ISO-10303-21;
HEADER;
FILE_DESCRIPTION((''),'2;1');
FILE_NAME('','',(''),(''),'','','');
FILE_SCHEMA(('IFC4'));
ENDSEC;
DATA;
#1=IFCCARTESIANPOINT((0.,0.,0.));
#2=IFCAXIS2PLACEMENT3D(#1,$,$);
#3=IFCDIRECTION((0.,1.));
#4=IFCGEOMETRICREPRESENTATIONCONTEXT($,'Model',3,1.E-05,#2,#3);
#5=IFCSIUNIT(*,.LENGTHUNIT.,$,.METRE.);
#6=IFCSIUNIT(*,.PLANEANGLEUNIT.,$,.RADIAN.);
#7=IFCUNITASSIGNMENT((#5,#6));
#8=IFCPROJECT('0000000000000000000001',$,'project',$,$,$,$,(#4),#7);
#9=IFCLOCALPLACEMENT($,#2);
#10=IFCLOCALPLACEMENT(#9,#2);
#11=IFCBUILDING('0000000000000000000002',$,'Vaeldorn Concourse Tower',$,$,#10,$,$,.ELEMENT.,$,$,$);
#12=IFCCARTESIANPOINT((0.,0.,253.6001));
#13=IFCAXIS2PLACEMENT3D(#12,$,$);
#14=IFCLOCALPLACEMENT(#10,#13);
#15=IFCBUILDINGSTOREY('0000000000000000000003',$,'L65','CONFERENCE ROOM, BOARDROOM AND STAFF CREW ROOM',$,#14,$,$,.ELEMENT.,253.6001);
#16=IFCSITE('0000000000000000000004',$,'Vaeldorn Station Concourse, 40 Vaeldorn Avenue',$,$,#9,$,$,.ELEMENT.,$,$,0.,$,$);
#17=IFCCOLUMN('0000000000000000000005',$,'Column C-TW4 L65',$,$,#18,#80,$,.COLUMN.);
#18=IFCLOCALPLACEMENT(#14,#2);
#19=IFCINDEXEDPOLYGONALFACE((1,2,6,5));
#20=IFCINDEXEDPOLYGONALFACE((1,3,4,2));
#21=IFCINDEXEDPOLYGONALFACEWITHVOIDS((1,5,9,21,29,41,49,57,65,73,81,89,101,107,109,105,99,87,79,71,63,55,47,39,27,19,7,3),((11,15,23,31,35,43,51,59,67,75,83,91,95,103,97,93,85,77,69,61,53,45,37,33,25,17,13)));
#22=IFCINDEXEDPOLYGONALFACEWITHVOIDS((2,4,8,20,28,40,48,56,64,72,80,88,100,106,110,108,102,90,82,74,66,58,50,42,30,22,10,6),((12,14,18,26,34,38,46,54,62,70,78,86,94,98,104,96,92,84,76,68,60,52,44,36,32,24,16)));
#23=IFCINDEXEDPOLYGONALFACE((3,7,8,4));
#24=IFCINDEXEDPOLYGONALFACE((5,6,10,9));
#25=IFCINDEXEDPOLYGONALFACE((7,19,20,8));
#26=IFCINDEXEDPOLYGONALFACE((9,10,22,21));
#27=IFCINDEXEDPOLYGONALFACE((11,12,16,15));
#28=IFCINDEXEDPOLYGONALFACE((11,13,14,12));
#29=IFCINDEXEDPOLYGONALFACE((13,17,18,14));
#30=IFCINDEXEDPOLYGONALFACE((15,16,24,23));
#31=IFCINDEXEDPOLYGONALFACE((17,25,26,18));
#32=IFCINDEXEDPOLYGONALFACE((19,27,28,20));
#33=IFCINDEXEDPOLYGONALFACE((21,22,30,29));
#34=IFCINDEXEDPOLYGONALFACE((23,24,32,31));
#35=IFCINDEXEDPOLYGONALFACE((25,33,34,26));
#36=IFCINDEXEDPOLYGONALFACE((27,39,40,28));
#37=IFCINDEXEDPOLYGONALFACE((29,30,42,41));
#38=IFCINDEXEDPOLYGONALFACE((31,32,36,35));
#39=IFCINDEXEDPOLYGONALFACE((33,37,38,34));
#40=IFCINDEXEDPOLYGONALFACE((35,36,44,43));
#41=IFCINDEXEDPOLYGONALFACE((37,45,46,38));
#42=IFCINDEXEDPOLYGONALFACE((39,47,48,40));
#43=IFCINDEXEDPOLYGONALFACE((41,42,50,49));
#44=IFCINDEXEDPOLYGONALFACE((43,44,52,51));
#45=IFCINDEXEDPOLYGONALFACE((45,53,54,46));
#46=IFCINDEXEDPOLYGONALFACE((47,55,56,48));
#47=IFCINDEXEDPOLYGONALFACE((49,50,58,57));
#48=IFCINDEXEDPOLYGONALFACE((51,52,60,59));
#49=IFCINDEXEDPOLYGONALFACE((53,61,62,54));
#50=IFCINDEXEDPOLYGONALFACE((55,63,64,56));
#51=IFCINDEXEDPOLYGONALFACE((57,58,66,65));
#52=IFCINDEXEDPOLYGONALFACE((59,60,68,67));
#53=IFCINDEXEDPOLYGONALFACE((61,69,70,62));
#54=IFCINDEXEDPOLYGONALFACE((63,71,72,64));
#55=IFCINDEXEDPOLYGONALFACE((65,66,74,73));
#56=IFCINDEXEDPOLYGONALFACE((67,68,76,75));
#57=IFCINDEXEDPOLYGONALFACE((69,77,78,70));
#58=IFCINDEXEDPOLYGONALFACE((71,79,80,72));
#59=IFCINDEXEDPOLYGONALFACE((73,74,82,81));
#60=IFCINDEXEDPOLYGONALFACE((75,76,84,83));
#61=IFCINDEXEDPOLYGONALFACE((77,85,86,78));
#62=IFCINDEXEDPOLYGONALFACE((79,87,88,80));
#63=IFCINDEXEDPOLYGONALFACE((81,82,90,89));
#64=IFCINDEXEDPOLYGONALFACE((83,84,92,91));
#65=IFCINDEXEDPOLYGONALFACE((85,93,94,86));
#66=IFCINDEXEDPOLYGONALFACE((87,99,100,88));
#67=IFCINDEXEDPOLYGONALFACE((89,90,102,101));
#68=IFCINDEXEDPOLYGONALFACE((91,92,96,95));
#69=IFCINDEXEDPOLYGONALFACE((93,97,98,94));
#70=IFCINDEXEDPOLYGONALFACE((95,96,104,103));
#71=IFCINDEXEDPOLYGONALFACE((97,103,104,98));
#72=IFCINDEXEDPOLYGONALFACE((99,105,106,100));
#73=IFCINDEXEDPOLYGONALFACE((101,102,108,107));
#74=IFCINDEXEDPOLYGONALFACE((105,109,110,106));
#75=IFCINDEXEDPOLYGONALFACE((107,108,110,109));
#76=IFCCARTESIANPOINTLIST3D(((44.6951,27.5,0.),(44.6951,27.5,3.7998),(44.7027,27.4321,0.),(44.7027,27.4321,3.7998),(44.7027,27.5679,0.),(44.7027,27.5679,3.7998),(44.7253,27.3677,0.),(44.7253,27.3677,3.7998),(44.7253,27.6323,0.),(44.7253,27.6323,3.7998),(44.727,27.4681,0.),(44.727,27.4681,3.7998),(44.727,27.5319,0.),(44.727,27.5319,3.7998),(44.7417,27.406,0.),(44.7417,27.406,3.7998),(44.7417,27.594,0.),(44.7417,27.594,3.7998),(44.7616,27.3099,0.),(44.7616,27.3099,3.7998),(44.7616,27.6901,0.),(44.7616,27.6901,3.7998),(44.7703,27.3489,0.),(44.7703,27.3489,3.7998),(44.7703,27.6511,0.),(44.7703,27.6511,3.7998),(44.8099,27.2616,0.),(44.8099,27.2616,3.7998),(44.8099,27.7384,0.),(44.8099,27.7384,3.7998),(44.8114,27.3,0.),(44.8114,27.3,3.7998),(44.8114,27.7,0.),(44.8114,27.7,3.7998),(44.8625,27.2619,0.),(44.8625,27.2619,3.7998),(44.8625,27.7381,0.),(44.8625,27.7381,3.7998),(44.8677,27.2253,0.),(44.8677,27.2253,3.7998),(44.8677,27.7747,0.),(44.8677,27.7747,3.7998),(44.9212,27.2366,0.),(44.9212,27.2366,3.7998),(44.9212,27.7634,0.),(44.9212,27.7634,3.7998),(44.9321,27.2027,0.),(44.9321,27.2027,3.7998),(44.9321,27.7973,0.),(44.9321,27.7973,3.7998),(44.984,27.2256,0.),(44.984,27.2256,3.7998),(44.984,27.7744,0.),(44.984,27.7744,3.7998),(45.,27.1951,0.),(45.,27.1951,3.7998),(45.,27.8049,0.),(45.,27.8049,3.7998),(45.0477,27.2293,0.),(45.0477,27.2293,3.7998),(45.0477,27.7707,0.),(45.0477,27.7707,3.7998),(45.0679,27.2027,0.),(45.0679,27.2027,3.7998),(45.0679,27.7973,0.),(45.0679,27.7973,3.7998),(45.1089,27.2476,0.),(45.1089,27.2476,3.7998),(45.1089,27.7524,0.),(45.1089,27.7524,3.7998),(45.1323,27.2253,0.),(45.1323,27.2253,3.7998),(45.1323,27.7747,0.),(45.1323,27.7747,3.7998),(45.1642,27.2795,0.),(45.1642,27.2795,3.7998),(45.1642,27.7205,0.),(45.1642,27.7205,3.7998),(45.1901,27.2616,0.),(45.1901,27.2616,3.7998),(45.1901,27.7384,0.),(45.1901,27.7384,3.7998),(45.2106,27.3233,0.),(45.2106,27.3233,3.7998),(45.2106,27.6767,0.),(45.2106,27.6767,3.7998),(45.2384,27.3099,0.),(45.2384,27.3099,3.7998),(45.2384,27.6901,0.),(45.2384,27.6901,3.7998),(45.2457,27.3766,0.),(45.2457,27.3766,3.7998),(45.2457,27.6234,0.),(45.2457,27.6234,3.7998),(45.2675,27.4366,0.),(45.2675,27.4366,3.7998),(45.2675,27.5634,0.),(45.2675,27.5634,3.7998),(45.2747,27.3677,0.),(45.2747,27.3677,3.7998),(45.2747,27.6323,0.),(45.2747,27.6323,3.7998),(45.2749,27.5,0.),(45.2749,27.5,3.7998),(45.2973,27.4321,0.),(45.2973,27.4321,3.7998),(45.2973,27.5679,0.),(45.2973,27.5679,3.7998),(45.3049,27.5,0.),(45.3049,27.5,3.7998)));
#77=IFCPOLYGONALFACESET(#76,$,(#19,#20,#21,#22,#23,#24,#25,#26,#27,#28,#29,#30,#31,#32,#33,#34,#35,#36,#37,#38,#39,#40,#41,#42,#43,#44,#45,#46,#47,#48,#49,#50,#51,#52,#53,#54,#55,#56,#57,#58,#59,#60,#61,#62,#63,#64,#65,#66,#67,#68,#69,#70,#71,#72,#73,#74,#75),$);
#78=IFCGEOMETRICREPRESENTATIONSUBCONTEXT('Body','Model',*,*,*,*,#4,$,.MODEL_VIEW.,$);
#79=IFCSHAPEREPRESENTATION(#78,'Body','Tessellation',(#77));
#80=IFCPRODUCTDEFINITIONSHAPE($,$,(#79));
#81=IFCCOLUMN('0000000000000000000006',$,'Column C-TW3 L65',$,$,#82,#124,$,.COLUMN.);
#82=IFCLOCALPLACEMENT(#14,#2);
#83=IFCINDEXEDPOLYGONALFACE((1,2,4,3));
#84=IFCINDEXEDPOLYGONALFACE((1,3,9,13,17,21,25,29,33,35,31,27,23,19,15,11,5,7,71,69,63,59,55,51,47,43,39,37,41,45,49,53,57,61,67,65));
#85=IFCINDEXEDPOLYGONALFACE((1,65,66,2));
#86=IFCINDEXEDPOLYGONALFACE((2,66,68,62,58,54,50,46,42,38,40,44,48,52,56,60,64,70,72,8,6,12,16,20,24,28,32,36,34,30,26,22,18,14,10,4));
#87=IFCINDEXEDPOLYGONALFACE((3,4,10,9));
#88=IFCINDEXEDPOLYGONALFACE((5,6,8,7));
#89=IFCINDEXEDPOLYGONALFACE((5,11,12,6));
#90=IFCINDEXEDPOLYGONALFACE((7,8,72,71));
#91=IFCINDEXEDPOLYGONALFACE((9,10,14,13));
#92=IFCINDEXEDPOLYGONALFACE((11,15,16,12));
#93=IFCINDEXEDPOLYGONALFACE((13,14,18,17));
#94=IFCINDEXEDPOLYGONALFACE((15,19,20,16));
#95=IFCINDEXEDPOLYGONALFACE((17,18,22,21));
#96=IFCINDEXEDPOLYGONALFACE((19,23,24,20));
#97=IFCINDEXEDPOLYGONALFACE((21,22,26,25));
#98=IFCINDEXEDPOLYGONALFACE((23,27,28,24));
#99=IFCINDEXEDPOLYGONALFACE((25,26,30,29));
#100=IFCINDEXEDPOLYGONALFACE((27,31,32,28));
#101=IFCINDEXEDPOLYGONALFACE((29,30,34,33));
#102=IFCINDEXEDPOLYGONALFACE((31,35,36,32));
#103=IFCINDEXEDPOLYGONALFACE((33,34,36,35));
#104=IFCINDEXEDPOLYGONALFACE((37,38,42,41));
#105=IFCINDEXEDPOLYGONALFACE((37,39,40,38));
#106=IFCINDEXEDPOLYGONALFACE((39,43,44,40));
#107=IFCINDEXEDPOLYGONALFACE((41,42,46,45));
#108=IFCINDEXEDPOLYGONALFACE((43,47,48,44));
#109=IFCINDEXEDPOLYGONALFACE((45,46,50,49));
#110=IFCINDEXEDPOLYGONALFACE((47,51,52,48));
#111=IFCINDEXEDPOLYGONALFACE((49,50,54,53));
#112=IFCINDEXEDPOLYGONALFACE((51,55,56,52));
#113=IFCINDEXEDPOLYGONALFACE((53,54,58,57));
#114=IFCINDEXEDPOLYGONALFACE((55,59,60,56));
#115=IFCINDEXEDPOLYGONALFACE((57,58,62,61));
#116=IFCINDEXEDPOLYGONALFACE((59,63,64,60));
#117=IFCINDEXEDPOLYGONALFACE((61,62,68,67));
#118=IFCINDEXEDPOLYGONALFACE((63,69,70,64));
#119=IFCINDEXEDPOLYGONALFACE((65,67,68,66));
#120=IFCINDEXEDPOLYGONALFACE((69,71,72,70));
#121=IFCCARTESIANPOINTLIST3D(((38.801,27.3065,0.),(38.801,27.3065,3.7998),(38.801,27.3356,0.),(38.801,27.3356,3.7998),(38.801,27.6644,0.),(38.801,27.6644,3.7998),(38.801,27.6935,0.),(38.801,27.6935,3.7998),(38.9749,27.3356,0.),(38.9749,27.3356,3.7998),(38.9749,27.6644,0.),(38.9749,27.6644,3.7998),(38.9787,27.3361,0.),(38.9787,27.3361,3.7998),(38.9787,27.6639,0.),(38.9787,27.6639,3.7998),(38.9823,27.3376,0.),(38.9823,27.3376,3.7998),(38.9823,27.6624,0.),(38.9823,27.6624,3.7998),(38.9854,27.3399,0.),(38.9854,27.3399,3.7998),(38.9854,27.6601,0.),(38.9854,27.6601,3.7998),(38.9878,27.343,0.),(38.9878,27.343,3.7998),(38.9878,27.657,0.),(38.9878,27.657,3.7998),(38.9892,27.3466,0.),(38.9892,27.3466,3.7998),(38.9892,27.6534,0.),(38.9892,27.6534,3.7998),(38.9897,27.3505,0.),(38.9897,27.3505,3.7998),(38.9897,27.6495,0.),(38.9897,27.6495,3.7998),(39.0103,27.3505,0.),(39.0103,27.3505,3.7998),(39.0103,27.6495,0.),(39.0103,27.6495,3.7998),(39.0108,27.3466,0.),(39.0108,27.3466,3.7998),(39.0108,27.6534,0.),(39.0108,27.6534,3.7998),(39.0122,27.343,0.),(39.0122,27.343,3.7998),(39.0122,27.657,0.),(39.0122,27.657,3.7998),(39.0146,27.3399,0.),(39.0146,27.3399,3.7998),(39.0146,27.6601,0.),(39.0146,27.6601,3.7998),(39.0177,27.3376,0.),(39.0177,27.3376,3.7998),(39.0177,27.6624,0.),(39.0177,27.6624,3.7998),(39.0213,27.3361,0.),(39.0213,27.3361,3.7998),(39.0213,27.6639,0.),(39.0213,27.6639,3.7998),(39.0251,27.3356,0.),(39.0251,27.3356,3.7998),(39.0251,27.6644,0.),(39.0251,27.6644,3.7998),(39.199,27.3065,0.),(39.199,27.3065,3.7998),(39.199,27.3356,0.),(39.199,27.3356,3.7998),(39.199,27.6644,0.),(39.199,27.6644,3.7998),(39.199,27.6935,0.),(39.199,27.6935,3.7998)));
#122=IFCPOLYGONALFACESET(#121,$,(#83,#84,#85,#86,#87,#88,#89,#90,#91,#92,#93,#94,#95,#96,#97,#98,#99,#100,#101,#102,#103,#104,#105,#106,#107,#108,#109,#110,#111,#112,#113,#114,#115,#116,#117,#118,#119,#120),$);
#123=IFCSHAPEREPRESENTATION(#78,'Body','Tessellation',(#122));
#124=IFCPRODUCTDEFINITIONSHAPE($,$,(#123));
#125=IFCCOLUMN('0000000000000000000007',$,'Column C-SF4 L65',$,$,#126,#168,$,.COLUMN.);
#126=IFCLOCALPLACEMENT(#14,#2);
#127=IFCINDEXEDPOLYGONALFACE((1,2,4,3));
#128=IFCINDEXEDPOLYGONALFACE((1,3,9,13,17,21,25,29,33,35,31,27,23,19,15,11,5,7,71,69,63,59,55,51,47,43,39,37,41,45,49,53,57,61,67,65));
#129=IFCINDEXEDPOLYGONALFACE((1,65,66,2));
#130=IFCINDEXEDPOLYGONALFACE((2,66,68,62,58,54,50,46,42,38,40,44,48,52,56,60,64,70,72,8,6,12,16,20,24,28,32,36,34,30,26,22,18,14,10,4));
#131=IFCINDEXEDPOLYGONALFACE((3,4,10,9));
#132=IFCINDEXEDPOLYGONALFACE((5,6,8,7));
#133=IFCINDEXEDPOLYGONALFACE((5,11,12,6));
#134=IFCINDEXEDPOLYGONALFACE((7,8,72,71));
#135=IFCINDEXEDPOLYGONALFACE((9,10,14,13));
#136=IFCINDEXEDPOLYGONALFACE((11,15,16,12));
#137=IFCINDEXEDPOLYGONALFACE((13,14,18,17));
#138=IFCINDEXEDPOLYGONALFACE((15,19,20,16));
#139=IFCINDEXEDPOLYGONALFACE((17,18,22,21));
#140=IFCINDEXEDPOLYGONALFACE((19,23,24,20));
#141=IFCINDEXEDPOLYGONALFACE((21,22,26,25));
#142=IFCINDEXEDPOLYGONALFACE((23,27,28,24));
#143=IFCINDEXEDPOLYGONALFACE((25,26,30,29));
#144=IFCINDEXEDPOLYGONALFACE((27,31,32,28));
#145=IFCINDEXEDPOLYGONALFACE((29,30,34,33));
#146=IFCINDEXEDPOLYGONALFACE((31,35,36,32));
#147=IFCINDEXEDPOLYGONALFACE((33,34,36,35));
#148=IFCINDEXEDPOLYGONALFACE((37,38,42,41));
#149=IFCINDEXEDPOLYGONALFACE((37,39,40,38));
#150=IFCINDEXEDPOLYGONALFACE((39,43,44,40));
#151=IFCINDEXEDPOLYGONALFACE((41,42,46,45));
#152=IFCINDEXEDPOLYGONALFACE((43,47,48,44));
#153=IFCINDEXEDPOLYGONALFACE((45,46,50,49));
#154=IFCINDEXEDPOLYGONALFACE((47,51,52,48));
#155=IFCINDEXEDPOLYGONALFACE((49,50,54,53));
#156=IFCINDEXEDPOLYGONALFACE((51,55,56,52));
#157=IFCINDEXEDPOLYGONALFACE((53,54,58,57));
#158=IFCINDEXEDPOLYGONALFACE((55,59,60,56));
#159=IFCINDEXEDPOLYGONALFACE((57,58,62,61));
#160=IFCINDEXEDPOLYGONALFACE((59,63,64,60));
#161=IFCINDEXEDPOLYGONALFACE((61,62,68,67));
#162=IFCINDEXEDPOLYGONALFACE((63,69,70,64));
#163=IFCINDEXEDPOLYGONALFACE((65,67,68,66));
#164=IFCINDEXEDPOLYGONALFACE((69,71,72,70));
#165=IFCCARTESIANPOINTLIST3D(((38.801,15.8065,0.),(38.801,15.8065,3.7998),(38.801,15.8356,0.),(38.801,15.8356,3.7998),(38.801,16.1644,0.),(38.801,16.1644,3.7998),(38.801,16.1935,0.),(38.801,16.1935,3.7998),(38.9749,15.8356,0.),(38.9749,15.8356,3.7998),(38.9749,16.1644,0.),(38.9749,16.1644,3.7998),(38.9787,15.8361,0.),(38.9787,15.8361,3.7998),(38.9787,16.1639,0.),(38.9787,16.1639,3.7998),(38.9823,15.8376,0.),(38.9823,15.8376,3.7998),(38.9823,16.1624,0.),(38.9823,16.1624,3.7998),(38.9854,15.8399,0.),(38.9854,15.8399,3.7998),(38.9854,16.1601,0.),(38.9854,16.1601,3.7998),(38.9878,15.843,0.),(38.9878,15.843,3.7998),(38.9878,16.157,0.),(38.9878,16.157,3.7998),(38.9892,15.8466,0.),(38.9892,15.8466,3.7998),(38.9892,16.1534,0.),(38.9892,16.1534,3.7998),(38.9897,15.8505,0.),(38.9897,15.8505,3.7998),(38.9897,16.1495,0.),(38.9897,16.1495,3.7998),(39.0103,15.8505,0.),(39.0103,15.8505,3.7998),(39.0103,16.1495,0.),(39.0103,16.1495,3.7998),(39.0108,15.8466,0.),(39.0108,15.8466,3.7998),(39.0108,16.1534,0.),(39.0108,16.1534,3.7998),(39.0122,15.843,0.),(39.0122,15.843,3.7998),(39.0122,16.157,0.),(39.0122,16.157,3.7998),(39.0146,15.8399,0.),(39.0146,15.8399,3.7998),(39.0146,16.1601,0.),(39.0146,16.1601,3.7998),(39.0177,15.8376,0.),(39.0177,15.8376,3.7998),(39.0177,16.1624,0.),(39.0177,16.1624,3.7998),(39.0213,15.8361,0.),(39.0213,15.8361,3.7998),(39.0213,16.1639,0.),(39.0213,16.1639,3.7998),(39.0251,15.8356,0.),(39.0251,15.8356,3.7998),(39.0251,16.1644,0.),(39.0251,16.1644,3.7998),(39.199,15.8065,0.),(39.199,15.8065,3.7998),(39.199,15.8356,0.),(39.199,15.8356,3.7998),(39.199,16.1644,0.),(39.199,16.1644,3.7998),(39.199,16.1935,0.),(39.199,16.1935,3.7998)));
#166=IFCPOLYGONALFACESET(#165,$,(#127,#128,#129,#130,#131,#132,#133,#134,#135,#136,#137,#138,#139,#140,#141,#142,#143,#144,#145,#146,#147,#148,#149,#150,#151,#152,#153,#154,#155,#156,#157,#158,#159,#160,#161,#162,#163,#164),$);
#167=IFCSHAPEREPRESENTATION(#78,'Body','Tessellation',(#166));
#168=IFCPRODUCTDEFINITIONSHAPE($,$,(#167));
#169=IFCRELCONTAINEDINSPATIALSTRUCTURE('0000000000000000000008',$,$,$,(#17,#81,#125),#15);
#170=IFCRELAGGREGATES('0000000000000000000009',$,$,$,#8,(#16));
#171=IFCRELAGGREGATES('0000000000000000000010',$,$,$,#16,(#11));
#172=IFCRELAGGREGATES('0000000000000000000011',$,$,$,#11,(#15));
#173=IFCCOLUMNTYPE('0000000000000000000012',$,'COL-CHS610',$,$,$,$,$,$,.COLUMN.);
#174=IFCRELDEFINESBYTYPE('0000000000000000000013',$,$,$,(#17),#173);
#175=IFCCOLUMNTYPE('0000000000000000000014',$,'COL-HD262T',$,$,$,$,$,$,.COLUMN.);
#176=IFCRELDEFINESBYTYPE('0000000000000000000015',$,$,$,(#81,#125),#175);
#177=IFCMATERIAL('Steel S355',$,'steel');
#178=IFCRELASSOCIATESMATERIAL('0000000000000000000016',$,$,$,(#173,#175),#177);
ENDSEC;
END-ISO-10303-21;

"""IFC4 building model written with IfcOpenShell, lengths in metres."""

from ifc_helpers import new_model, si_unit, direction, frame, origin, origin_2d, place, context, subcontext, project, spatial, hollow_circle, i_section, extrude, source, transform, mapped, material, material_profile, profile_set, type_object, element, save


model = new_model("IFC4")

# Units and contexts
model_context = context("Model", 3, precision=1e-05, world=origin(), true_north=direction((0.0, 1.0)))
body_context = subcontext(model_context, "Body", "Model", "MODEL_VIEW")
ifc_project = project(units=[si_unit("LENGTHUNIT", "METRE"), si_unit("PLANEANGLEUNIT", "RADIAN")], contexts=[model_context])

# Site, building, storey
site_placement = place(None, origin())
site = spatial("IfcSite", under=ifc_project, at=site_placement, Name="Vaeldorn Station Concourse, 40 Vaeldorn Avenue", CompositionType="ELEMENT", RefElevation=0.0)
building_placement = place(site_placement, origin())
building = spatial("IfcBuilding", under=site, at=building_placement, Name="Vaeldorn Concourse Tower", CompositionType="ELEMENT")
storey_placement = place(building_placement, frame((0.0, 0.0, 253.6001)))
storey = spatial("IfcBuildingStorey", under=building, at=storey_placement, Name="L65", Description="CONFERENCE ROOM, BOARDROOM AND STAFF CREW ROOM", CompositionType="ELEMENT", Elevation=253.6001)

# Columns
ifc_material_1 = material(Name="Steel S355", Category="steel")
ifc_material_profile_1 = material_profile(ifc_material_1, hollow_circle(Radius=0.3049, WallThickness=0.03, at=origin_2d()), Name="CHS 610x30")
ifc_profile_set_1 = profile_set([ifc_material_profile_1], Name="Steel S355")
column_type_1 = type_object("IfcColumnType", Name="COL-CHS610", PredefinedType="COLUMN", material=ifc_profile_set_1)
shared_shape_1 = source(origin(), body_context, "Body", "SweptSolid", [
    extrude(hollow_circle(Radius=0.3049, WallThickness=0.03, at=origin_2d()), origin(), (0.0, 0.0, 1.0), 3.7998),
])
column_placement = place(storey_placement, frame((45.0, 27.5, 0.0), z_axis=(0.0, 0.0, 1.0), x_axis=(1.0, 0.0, 0.0)))
element("IfcColumn", 1, at=column_placement, inside=storey, type_object=column_type_1, Name="Column C-TW4 L65", PredefinedType="COLUMN", context=body_context, shape_type="MappedRepresentation", body=[
    mapped(shared_shape_1, transform((0.0, 0.0, 0.0), scale=1.0)),
])
ifc_material_profile_2 = material_profile(ifc_material_1, i_section(OverallWidth=0.3979, OverallDepth=0.387, WebThickness=0.0205, FlangeThickness=0.0291, FilletRadius=0.0149, at=origin_2d()), Name="HD 400x262")
ifc_profile_set_2 = profile_set([ifc_material_profile_2], Name="Steel S355")
column_type_2 = type_object("IfcColumnType", Name="COL-HD262T", PredefinedType="COLUMN", material=ifc_profile_set_2)
shared_shape_2 = source(origin(), body_context, "Body", "SweptSolid", [
    extrude(i_section(OverallWidth=0.3979, OverallDepth=0.387, WebThickness=0.0205, FlangeThickness=0.0291, FilletRadius=0.0149, at=origin_2d()), origin(), (0.0, 0.0, 1.0), 3.7998),
])
for number, where, z_axis, x_axis, name in (
    (2, (39.0, 27.5, 0.0), (0.0, 0.0, 1.0), (1.0, 0.0, 0.0), "Column C-TW3 L65"),
    (3, (39.0, 16.0, 0.0), (0.0, 0.0, 1.0), (1.0, 0.0, 0.0), "Column C-SF4 L65"),
):
    element("IfcColumn", number, at=place(storey_placement, frame(where, z_axis=z_axis, x_axis=x_axis)), inside=storey, type_object=column_type_2, Name=name, PredefinedType="COLUMN", context=body_context, shape_type="MappedRepresentation", body=[
        mapped(shared_shape_2, transform((0.0, 0.0, 0.0), scale=1.0)),
    ])

save(model, "model.ifc")
